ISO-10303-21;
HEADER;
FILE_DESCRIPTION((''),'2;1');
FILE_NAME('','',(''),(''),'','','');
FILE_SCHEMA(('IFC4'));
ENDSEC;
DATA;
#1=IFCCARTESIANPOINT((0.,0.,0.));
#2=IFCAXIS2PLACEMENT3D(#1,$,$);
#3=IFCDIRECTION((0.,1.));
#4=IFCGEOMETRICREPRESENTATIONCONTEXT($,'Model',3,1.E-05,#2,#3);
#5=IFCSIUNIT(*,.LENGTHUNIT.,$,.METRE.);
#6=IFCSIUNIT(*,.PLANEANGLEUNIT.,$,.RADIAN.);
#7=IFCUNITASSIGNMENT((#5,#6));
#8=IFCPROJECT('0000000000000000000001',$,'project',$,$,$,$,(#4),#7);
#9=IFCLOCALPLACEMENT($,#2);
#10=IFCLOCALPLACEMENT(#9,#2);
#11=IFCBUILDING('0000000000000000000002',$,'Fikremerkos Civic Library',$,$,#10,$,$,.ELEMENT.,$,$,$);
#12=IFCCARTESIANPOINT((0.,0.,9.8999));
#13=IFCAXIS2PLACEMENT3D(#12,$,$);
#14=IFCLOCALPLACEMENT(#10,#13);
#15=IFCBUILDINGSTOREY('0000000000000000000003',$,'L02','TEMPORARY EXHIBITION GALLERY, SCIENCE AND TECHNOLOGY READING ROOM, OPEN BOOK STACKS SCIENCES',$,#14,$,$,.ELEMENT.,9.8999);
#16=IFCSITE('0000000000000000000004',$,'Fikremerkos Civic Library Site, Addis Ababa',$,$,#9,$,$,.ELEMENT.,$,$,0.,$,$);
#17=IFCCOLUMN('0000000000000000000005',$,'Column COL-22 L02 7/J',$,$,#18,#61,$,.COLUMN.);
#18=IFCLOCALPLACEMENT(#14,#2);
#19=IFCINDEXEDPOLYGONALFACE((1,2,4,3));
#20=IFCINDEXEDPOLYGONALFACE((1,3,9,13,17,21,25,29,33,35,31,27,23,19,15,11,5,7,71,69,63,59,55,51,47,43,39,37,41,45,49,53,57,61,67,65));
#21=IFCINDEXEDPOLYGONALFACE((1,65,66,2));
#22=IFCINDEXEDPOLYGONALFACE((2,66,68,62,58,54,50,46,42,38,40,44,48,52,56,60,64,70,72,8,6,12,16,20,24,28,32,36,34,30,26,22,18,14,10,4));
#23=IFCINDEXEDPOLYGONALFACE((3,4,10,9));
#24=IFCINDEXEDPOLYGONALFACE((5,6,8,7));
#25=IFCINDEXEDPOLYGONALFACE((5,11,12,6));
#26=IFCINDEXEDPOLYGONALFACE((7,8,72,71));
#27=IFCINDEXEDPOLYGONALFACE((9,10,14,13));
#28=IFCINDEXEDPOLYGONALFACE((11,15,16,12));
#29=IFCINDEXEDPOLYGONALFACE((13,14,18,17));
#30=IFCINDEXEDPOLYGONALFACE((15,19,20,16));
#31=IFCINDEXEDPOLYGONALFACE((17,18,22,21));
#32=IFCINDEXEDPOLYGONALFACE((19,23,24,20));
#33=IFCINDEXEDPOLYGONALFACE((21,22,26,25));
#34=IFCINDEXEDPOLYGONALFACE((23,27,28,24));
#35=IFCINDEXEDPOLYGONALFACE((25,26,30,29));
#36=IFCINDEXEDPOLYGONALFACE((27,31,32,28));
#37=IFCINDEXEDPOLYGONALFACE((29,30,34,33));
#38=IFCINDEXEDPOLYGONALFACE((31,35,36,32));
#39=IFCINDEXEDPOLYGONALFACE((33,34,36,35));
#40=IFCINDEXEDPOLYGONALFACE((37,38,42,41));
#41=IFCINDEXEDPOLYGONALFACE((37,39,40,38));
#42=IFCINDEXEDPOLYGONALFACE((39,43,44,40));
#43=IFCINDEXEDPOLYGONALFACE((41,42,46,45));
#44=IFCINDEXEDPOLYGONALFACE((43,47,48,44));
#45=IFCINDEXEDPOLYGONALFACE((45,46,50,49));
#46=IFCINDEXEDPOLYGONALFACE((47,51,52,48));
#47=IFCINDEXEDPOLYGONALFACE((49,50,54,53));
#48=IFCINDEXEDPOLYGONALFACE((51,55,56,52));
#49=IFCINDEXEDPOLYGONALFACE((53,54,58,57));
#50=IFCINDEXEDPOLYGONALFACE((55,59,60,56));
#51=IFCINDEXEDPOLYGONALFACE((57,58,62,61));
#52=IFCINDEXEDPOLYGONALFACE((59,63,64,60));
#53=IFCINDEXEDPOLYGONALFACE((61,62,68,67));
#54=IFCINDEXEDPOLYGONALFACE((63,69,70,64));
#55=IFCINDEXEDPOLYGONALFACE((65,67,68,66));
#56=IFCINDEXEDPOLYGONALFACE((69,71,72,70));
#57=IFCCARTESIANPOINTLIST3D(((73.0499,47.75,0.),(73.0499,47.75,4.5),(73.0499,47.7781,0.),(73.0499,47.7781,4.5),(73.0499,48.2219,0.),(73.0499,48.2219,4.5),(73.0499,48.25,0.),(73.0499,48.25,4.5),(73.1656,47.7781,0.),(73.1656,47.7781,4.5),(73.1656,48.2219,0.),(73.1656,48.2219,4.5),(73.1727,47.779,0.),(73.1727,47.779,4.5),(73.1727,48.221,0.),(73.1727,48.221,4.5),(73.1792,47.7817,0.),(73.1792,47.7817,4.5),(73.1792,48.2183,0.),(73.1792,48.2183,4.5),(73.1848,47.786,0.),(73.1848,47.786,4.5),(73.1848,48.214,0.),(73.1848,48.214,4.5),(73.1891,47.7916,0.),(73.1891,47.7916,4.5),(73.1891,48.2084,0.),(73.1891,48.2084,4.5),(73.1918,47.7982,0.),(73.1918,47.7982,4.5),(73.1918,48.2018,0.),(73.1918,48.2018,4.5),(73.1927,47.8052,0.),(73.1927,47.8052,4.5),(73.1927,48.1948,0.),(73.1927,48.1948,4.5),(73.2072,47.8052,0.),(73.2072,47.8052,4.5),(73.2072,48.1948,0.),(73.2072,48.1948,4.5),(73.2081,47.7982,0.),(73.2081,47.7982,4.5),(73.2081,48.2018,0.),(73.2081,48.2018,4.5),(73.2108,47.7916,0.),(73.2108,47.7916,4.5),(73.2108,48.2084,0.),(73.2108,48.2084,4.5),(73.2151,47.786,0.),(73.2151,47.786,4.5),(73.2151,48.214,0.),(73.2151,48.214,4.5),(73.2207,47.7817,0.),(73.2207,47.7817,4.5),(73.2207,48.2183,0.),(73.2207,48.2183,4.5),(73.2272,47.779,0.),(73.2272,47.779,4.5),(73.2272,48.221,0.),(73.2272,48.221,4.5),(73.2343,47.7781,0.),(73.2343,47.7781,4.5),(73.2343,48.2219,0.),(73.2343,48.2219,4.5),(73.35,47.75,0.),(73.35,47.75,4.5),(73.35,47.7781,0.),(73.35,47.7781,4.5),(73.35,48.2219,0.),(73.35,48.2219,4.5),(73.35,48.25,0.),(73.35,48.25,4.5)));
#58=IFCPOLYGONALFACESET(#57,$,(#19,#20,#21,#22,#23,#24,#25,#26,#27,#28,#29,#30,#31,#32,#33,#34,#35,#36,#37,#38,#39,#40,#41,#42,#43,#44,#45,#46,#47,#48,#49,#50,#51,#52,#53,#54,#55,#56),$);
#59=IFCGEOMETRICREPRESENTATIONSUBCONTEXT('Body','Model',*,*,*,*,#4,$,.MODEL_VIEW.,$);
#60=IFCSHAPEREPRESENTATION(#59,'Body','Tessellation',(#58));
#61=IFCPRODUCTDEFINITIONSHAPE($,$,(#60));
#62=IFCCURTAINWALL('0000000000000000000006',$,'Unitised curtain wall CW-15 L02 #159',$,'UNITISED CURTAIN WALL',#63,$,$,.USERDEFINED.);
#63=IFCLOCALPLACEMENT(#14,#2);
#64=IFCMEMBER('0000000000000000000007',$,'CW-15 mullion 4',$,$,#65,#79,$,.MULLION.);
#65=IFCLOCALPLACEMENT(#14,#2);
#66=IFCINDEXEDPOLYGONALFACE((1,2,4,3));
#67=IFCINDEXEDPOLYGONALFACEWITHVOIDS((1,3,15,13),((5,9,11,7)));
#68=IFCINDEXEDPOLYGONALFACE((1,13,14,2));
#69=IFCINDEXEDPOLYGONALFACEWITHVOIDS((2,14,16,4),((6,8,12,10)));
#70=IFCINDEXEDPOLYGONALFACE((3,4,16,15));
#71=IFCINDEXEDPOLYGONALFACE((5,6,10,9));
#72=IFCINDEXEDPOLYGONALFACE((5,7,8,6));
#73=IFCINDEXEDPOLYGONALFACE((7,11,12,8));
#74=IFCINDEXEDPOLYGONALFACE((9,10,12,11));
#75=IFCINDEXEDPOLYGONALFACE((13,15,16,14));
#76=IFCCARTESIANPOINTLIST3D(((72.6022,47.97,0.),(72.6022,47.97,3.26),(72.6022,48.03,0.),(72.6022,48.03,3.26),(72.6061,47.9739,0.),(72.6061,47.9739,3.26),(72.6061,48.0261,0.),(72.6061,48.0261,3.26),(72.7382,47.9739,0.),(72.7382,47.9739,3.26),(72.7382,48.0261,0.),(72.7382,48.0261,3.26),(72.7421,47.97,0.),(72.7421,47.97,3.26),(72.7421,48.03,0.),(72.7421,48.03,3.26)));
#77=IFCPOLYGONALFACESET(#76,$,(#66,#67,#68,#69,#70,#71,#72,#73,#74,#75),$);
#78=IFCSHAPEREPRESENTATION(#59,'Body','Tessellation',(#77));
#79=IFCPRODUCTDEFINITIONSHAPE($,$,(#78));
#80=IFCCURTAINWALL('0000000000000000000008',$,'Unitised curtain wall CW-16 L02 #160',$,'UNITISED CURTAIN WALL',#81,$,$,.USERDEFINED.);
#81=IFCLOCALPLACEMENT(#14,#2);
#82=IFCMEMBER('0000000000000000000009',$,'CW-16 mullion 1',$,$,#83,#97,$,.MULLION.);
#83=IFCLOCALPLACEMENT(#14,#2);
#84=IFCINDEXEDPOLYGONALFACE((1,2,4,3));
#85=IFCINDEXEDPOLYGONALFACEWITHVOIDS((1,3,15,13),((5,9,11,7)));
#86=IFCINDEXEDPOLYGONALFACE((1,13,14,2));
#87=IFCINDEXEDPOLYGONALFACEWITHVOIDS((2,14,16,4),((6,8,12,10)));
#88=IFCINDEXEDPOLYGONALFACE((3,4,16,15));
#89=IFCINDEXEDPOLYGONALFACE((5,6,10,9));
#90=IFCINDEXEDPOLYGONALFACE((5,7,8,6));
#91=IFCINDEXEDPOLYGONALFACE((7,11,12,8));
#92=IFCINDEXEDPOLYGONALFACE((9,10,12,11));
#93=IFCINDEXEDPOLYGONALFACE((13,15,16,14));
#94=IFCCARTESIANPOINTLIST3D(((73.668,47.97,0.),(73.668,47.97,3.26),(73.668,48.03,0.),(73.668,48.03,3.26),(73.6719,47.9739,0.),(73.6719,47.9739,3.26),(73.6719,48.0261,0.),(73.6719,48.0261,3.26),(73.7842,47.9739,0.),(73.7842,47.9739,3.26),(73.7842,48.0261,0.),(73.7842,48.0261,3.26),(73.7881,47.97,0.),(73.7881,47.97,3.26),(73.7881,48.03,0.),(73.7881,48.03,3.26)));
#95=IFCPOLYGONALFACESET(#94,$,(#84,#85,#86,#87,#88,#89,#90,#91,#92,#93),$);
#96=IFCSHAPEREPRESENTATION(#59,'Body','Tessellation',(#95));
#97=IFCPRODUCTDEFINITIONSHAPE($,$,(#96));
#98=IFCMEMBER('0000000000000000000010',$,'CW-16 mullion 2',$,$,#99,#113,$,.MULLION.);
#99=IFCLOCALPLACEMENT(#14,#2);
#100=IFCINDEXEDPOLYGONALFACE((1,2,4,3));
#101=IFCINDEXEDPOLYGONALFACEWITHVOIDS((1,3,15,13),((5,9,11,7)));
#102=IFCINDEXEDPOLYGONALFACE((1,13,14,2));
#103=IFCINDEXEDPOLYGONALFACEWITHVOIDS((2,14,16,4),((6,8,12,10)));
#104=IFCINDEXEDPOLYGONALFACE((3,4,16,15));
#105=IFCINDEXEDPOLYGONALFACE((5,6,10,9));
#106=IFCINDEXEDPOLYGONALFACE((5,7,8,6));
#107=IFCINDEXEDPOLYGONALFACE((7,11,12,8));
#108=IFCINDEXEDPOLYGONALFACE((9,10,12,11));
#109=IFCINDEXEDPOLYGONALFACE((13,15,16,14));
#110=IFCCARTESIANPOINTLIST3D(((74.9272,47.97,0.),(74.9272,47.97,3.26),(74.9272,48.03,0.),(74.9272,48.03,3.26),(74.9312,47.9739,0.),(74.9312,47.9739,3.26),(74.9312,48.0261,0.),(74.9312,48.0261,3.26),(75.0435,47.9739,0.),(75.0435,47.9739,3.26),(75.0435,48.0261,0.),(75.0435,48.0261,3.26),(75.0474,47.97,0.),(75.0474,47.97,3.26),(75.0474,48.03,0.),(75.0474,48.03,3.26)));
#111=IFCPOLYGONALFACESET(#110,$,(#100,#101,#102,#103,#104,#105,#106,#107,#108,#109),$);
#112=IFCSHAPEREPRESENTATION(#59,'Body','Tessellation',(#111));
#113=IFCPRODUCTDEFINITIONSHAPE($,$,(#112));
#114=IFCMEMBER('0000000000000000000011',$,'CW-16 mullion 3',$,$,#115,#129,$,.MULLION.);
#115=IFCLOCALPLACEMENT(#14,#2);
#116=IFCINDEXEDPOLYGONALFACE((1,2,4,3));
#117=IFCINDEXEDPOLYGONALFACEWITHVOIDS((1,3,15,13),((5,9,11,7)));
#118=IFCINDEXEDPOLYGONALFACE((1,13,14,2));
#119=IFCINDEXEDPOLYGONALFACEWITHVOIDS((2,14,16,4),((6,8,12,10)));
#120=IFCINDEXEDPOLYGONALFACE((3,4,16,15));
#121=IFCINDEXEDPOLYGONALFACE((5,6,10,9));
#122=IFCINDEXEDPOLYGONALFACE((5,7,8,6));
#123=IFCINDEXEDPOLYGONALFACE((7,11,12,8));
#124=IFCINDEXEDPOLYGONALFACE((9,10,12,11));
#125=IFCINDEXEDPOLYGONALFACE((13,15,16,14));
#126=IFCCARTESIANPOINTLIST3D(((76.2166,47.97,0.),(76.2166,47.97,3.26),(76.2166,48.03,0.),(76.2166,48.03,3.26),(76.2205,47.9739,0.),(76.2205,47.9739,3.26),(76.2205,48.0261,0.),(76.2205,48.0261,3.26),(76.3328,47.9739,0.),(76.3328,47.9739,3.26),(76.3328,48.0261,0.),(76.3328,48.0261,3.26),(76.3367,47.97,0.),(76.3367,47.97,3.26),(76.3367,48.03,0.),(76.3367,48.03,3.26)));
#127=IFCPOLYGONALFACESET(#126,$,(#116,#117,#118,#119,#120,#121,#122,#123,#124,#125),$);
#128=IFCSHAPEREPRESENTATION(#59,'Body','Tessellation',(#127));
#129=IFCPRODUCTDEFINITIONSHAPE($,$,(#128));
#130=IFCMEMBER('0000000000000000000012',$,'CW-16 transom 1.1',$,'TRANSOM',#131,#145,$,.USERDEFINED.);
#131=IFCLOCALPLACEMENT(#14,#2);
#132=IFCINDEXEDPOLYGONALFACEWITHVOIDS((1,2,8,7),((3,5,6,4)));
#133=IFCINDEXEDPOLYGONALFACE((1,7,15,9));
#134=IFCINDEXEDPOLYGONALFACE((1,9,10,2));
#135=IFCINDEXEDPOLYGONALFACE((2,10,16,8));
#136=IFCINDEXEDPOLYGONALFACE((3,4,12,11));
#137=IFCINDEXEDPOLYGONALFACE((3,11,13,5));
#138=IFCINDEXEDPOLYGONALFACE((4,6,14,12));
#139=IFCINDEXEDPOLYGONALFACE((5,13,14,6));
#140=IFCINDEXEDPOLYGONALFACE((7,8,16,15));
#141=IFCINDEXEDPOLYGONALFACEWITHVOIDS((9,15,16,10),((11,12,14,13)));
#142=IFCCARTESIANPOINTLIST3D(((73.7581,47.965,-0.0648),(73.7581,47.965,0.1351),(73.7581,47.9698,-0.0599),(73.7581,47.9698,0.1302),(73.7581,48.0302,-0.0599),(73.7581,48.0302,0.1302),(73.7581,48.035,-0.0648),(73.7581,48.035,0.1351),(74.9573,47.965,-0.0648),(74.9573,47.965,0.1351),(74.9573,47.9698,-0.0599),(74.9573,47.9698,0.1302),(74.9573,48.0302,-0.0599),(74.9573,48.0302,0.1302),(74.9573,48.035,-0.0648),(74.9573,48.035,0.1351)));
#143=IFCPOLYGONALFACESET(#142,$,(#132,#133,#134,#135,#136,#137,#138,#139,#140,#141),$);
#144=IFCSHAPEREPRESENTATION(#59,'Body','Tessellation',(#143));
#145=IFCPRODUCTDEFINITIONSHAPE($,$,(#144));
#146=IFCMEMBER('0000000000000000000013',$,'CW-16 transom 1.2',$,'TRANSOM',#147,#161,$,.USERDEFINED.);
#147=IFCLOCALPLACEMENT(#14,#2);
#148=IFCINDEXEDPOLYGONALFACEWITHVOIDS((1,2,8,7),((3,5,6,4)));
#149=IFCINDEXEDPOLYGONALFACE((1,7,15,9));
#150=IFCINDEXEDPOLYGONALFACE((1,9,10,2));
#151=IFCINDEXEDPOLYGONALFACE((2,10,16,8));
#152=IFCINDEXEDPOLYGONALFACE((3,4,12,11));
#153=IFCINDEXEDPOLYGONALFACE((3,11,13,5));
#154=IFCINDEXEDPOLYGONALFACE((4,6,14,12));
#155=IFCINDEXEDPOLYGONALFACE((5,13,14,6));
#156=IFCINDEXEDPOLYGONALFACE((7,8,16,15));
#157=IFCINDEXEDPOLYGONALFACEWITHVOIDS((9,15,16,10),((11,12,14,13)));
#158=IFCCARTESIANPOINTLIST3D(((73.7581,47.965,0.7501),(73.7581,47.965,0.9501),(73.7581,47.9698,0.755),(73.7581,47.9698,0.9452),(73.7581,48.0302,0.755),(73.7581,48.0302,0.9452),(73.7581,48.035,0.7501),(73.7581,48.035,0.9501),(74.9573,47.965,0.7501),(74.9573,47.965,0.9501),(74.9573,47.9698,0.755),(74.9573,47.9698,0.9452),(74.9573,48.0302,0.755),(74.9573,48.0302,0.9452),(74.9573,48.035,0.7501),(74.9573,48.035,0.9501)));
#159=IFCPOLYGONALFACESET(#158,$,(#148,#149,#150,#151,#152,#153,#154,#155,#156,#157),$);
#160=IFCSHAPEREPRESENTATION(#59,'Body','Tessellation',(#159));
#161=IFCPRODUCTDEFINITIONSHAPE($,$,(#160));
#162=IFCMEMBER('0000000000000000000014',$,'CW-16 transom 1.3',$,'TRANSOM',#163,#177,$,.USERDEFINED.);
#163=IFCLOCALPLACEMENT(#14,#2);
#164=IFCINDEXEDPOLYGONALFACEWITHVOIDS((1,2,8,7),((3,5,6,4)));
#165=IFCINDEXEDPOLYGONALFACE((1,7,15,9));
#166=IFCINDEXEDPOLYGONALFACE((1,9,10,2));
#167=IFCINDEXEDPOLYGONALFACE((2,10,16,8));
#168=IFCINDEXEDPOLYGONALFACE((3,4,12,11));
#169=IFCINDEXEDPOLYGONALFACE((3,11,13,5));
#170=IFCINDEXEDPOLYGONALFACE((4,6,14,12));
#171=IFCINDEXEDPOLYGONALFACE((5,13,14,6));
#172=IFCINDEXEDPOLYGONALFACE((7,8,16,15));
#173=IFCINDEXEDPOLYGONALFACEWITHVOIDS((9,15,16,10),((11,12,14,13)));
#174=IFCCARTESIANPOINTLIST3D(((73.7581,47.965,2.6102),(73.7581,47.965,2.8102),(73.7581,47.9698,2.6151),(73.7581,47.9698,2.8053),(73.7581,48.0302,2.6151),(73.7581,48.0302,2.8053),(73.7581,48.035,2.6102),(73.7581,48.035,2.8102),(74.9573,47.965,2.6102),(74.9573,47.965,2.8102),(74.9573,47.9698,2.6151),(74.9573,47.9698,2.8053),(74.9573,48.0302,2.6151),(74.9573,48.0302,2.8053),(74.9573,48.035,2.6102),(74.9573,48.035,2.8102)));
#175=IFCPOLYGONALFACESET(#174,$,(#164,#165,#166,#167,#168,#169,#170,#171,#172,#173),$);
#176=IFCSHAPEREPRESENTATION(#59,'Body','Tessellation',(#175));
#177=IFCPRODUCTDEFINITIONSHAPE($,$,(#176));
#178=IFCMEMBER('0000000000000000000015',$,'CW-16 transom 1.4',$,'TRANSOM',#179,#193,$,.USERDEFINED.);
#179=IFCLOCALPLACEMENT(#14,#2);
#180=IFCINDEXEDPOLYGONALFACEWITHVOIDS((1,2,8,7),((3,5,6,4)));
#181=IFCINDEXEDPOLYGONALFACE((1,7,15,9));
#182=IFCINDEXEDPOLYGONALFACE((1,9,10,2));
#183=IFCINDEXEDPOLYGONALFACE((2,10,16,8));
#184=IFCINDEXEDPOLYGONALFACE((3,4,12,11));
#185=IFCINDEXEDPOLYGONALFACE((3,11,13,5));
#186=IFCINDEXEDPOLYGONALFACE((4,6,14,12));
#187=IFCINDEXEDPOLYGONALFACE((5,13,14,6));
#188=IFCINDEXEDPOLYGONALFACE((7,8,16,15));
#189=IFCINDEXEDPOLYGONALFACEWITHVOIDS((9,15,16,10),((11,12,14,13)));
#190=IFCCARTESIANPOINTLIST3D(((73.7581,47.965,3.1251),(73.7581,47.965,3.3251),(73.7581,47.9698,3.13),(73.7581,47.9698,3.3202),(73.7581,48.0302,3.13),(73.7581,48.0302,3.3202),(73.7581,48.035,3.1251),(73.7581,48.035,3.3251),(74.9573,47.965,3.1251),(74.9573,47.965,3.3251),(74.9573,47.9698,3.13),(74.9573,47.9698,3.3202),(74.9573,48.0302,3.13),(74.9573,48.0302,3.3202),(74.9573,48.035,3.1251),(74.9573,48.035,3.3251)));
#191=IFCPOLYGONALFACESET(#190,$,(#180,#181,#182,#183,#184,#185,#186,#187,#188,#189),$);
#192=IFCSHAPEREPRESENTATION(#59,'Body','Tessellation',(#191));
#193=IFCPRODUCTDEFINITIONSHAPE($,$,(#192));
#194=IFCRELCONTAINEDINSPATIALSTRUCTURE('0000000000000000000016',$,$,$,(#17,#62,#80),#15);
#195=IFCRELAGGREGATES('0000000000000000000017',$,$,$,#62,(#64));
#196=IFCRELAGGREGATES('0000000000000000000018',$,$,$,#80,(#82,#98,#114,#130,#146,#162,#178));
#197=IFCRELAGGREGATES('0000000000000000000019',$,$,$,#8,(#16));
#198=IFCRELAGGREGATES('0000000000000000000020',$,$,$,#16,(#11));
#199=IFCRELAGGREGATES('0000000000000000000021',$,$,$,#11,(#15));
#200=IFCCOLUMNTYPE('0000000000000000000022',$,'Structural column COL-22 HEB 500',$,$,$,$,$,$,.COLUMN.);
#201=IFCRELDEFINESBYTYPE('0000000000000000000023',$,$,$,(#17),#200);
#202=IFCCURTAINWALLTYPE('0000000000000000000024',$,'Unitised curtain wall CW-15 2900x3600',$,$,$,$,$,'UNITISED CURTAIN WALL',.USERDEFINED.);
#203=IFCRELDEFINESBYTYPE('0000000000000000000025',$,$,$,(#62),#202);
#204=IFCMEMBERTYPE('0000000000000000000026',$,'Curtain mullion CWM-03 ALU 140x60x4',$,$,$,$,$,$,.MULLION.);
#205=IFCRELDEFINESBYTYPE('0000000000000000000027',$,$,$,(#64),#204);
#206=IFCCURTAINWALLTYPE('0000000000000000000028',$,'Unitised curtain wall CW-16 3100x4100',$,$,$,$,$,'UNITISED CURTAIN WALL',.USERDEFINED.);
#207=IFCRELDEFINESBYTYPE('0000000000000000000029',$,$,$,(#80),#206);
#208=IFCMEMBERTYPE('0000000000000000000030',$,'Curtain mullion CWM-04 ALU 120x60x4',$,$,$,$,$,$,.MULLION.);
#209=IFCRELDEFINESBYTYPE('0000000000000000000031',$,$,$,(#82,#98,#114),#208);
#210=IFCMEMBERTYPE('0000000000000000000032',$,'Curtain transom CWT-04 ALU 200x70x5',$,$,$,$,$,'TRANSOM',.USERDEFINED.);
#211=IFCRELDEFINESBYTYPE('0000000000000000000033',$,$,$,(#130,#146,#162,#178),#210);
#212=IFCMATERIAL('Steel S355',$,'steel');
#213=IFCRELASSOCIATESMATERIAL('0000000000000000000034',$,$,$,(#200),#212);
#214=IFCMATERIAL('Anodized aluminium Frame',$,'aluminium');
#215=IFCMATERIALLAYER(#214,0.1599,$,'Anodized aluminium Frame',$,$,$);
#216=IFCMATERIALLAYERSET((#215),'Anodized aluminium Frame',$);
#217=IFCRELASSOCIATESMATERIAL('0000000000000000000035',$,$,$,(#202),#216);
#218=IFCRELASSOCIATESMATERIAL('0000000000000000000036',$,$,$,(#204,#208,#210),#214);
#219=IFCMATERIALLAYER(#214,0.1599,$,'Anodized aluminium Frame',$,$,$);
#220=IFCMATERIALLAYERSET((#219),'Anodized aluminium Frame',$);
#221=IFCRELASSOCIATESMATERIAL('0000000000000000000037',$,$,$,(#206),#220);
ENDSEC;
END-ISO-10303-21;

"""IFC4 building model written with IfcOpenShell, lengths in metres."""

from ifc_helpers import new_model, si_unit, direction, frame, origin, origin_2d, place, context, subcontext, project, spatial, hollow_rectangle, i_section, extrude, material, layer, layer_set, material_profile, profile_set, type_object, element, aggregate, save


model = new_model("IFC4")

# Units and contexts
model_context = context("Model", 3, precision=1e-05, world=origin(), true_north=direction((0.0, 1.0)))
body_context = subcontext(model_context, "Body", "Model", "MODEL_VIEW")
ifc_project = project(units=[si_unit("LENGTHUNIT", "METRE"), si_unit("PLANEANGLEUNIT", "RADIAN")], contexts=[model_context])

# Site, building, storey
site_placement = place(None, origin())
site = spatial("IfcSite", under=ifc_project, at=site_placement, Name="Fikremerkos Civic Library Site, Addis Ababa", CompositionType="ELEMENT", RefElevation=0.0)
building_placement = place(site_placement, origin())
building = spatial("IfcBuilding", under=site, at=building_placement, Name="Fikremerkos Civic Library", CompositionType="ELEMENT")
storey_placement = place(building_placement, frame((0.0, 0.0, 9.8999)))
storey = spatial("IfcBuildingStorey", under=building, at=storey_placement, Name="L02", Description="TEMPORARY EXHIBITION GALLERY, SCIENCE AND TECHNOLOGY READING ROOM, OPEN BOOK STACKS SCIENCES", CompositionType="ELEMENT", Elevation=9.8999)

# Column
ifc_material_1 = material(Name="Steel S355", Category="steel")
ifc_material_profile_1 = material_profile(ifc_material_1, i_section(OverallWidth=0.3, OverallDepth=0.5, WebThickness=0.0144, FlangeThickness=0.0281, FilletRadius=0.0271, at=origin_2d()), Name="HEB 500")
ifc_profile_set_1 = profile_set([ifc_material_profile_1], Name="Steel S355")
column_type = type_object("IfcColumnType", Name="Structural column COL-22 HEB 500", PredefinedType="COLUMN", material=ifc_profile_set_1)
column_placement = place(storey_placement, frame((73.2, 48.0, 0.0), z_axis=(0.0, 0.0, 1.0), x_axis=(1.0, 0.0, 0.0)))
element("IfcColumn", 1, at=column_placement, inside=storey, type_object=column_type, Name="Column COL-22 L02 7/J", PredefinedType="COLUMN", context=body_context, shape_type="SweptSolid", body=[
    extrude(i_section(OverallWidth=0.3, OverallDepth=0.5, WebThickness=0.0144, FlangeThickness=0.0281, FilletRadius=0.0271, at=origin_2d()), origin(), (0.0, 0.0, 1.0), 4.5),
])

# Curtain wall, member
ifc_material_2 = material(Name="Anodized aluminium Frame", Category="aluminium")
ifc_layer_1 = layer(ifc_material_2, 0.1599, Name="Anodized aluminium Frame")
ifc_layer_set_1 = layer_set([ifc_layer_1], Name="Anodized aluminium Frame")
curtain_wall_type_1 = type_object("IfcCurtainWallType", Name="Unitised curtain wall CW-15 2900x3600", ElementType="UNITISED CURTAIN WALL", PredefinedType="USERDEFINED", material=ifc_layer_set_1)
curtain_wall_1_placement = place(storey_placement, origin())
curtain_wall_1 = element("IfcCurtainWall", 2, at=curtain_wall_1_placement, inside=storey, type_object=curtain_wall_type_1, Name="Unitised curtain wall CW-15 L02 #159", ObjectType="UNITISED CURTAIN WALL", PredefinedType="USERDEFINED")
ifc_material_profile_2 = material_profile(ifc_material_2, hollow_rectangle(XDim=0.0601, YDim=0.1399, WallThickness=0.0039, at=origin_2d()), Name="ALU 140x60x4")
ifc_profile_set_2 = profile_set([ifc_material_profile_2], Name="Anodized aluminium Frame")
member_type_1 = type_object("IfcMemberType", Name="Curtain mullion CWM-03 ALU 140x60x4", PredefinedType="MULLION", material=ifc_profile_set_2)
member_1_placement = place(storey_placement, frame((72.6721, 48.0, 0.0), z_axis=(0.0, 0.0, 1.0), x_axis=(0.0, 1.0, 0.0)))
member_1 = element("IfcMember", 3, at=member_1_placement, type_object=member_type_1, Name="CW-15 mullion 4", PredefinedType="MULLION", context=body_context, shape_type="SweptSolid", body=[
    extrude(hollow_rectangle(XDim=0.0601, YDim=0.1399, WallThickness=0.0039, at=origin_2d()), origin(), (0.0, 0.0, 1.0), 3.26),
])

# Curtain wall, members
ifc_layer_2 = layer(ifc_material_2, 0.1599, Name="Anodized aluminium Frame")
ifc_layer_set_2 = layer_set([ifc_layer_2], Name="Anodized aluminium Frame")
curtain_wall_type_2 = type_object("IfcCurtainWallType", Name="Unitised curtain wall CW-16 3100x4100", ElementType="UNITISED CURTAIN WALL", PredefinedType="USERDEFINED", material=ifc_layer_set_2)
curtain_wall_2_placement = place(storey_placement, origin())
curtain_wall_2 = element("IfcCurtainWall", 4, at=curtain_wall_2_placement, inside=storey, type_object=curtain_wall_type_2, Name="Unitised curtain wall CW-16 L02 #160", ObjectType="UNITISED CURTAIN WALL", PredefinedType="USERDEFINED")
ifc_material_profile_3 = material_profile(ifc_material_2, hollow_rectangle(XDim=0.0601, YDim=0.1201, WallThickness=0.0039, at=origin_2d()), Name="ALU 120x60x4")
ifc_profile_set_3 = profile_set([ifc_material_profile_3], Name="Anodized aluminium Frame")
member_type_2 = type_object("IfcMemberType", Name="Curtain mullion CWM-04 ALU 120x60x4", PredefinedType="MULLION", material=ifc_profile_set_3)
member_2_placement = place(storey_placement, frame((73.728, 48.0, 0.0), z_axis=(0.0, 0.0, 1.0), x_axis=(0.0, 1.0, 0.0)))
member_2 = element("IfcMember", 5, at=member_2_placement, type_object=member_type_2, Name="CW-16 mullion 1", PredefinedType="MULLION", context=body_context, shape_type="SweptSolid", body=[
    extrude(hollow_rectangle(XDim=0.0601, YDim=0.1201, WallThickness=0.0039, at=origin_2d()), origin(), (0.0, 0.0, 1.0), 3.26),
])
member_3_placement = place(storey_placement, frame((74.9873, 48.0, 0.0), z_axis=(0.0, 0.0, 1.0), x_axis=(0.0, 1.0, 0.0)))
member_3 = element("IfcMember", 6, at=member_3_placement, type_object=member_type_2, Name="CW-16 mullion 2", PredefinedType="MULLION", context=body_context, shape_type="SweptSolid", body=[
    extrude(hollow_rectangle(XDim=0.0601, YDim=0.1201, WallThickness=0.0039, at=origin_2d()), origin(), (0.0, 0.0, 1.0), 3.26),
])
member_4_placement = place(storey_placement, frame((76.2766, 48.0, 0.0), z_axis=(0.0, 0.0, 1.0), x_axis=(0.0, 1.0, 0.0)))
member_4 = element("IfcMember", 7, at=member_4_placement, type_object=member_type_2, Name="CW-16 mullion 3", PredefinedType="MULLION", context=body_context, shape_type="SweptSolid", body=[
    extrude(hollow_rectangle(XDim=0.0601, YDim=0.1201, WallThickness=0.0039, at=origin_2d()), origin(), (0.0, 0.0, 1.0), 3.26),
])
ifc_material_profile_4 = material_profile(ifc_material_2, hollow_rectangle(XDim=0.0701, YDim=0.2, WallThickness=0.0049, at=origin_2d()), Name="ALU 200x70x5")
ifc_profile_set_4 = profile_set([ifc_material_profile_4], Name="Anodized aluminium Frame")
member_type_3 = type_object("IfcMemberType", Name="Curtain transom CWT-04 ALU 200x70x5", ElementType="TRANSOM", PredefinedType="USERDEFINED", material=ifc_profile_set_4)
member_5_placement = place(storey_placement, frame((73.7581, 48.0, 0.0352), z_axis=(1.0, 0.0, 0.0), x_axis=(0.0, 1.0, 0.0)))
member_5 = element("IfcMember", 8, at=member_5_placement, type_object=member_type_3, Name="CW-16 transom 1.1", ObjectType="TRANSOM", PredefinedType="USERDEFINED", context=body_context, shape_type="SweptSolid", body=[
    extrude(hollow_rectangle(XDim=0.0701, YDim=0.2, WallThickness=0.0049, at=origin_2d()), origin(), (0.0, 0.0, 1.0), 1.1992),
])
member_6_placement = place(storey_placement, frame((73.7581, 48.0, 0.8501), z_axis=(1.0, 0.0, 0.0), x_axis=(0.0, 1.0, 0.0)))
member_6 = element("IfcMember", 9, at=member_6_placement, type_object=member_type_3, Name="CW-16 transom 1.2", ObjectType="TRANSOM", PredefinedType="USERDEFINED", context=body_context, shape_type="SweptSolid", body=[
    extrude(hollow_rectangle(XDim=0.0701, YDim=0.2, WallThickness=0.0049, at=origin_2d()), origin(), (0.0, 0.0, 1.0), 1.1992),
])
member_7_placement = place(storey_placement, frame((73.7581, 48.0, 2.7102), z_axis=(1.0, 0.0, 0.0), x_axis=(0.0, 1.0, 0.0)))
member_7 = element("IfcMember", 10, at=member_7_placement, type_object=member_type_3, Name="CW-16 transom 1.3", ObjectType="TRANSOM", PredefinedType="USERDEFINED", context=body_context, shape_type="SweptSolid", body=[
    extrude(hollow_rectangle(XDim=0.0701, YDim=0.2, WallThickness=0.0049, at=origin_2d()), origin(), (0.0, 0.0, 1.0), 1.1992),
])
member_8_placement = place(storey_placement, frame((73.7581, 48.0, 3.2251), z_axis=(1.0, 0.0, 0.0), x_axis=(0.0, 1.0, 0.0)))
member_8 = element("IfcMember", 11, at=member_8_placement, type_object=member_type_3, Name="CW-16 transom 1.4", ObjectType="TRANSOM", PredefinedType="USERDEFINED", context=body_context, shape_type="SweptSolid", body=[
    extrude(hollow_rectangle(XDim=0.0701, YDim=0.2, WallThickness=0.0049, at=origin_2d()), origin(), (0.0, 0.0, 1.0), 1.1992),
])

aggregate(curtain_wall_1, [member_1])
aggregate(curtain_wall_2, [member_2, member_3, member_4, member_5, member_6, member_7, member_8])

save(model, "model.ifc")
